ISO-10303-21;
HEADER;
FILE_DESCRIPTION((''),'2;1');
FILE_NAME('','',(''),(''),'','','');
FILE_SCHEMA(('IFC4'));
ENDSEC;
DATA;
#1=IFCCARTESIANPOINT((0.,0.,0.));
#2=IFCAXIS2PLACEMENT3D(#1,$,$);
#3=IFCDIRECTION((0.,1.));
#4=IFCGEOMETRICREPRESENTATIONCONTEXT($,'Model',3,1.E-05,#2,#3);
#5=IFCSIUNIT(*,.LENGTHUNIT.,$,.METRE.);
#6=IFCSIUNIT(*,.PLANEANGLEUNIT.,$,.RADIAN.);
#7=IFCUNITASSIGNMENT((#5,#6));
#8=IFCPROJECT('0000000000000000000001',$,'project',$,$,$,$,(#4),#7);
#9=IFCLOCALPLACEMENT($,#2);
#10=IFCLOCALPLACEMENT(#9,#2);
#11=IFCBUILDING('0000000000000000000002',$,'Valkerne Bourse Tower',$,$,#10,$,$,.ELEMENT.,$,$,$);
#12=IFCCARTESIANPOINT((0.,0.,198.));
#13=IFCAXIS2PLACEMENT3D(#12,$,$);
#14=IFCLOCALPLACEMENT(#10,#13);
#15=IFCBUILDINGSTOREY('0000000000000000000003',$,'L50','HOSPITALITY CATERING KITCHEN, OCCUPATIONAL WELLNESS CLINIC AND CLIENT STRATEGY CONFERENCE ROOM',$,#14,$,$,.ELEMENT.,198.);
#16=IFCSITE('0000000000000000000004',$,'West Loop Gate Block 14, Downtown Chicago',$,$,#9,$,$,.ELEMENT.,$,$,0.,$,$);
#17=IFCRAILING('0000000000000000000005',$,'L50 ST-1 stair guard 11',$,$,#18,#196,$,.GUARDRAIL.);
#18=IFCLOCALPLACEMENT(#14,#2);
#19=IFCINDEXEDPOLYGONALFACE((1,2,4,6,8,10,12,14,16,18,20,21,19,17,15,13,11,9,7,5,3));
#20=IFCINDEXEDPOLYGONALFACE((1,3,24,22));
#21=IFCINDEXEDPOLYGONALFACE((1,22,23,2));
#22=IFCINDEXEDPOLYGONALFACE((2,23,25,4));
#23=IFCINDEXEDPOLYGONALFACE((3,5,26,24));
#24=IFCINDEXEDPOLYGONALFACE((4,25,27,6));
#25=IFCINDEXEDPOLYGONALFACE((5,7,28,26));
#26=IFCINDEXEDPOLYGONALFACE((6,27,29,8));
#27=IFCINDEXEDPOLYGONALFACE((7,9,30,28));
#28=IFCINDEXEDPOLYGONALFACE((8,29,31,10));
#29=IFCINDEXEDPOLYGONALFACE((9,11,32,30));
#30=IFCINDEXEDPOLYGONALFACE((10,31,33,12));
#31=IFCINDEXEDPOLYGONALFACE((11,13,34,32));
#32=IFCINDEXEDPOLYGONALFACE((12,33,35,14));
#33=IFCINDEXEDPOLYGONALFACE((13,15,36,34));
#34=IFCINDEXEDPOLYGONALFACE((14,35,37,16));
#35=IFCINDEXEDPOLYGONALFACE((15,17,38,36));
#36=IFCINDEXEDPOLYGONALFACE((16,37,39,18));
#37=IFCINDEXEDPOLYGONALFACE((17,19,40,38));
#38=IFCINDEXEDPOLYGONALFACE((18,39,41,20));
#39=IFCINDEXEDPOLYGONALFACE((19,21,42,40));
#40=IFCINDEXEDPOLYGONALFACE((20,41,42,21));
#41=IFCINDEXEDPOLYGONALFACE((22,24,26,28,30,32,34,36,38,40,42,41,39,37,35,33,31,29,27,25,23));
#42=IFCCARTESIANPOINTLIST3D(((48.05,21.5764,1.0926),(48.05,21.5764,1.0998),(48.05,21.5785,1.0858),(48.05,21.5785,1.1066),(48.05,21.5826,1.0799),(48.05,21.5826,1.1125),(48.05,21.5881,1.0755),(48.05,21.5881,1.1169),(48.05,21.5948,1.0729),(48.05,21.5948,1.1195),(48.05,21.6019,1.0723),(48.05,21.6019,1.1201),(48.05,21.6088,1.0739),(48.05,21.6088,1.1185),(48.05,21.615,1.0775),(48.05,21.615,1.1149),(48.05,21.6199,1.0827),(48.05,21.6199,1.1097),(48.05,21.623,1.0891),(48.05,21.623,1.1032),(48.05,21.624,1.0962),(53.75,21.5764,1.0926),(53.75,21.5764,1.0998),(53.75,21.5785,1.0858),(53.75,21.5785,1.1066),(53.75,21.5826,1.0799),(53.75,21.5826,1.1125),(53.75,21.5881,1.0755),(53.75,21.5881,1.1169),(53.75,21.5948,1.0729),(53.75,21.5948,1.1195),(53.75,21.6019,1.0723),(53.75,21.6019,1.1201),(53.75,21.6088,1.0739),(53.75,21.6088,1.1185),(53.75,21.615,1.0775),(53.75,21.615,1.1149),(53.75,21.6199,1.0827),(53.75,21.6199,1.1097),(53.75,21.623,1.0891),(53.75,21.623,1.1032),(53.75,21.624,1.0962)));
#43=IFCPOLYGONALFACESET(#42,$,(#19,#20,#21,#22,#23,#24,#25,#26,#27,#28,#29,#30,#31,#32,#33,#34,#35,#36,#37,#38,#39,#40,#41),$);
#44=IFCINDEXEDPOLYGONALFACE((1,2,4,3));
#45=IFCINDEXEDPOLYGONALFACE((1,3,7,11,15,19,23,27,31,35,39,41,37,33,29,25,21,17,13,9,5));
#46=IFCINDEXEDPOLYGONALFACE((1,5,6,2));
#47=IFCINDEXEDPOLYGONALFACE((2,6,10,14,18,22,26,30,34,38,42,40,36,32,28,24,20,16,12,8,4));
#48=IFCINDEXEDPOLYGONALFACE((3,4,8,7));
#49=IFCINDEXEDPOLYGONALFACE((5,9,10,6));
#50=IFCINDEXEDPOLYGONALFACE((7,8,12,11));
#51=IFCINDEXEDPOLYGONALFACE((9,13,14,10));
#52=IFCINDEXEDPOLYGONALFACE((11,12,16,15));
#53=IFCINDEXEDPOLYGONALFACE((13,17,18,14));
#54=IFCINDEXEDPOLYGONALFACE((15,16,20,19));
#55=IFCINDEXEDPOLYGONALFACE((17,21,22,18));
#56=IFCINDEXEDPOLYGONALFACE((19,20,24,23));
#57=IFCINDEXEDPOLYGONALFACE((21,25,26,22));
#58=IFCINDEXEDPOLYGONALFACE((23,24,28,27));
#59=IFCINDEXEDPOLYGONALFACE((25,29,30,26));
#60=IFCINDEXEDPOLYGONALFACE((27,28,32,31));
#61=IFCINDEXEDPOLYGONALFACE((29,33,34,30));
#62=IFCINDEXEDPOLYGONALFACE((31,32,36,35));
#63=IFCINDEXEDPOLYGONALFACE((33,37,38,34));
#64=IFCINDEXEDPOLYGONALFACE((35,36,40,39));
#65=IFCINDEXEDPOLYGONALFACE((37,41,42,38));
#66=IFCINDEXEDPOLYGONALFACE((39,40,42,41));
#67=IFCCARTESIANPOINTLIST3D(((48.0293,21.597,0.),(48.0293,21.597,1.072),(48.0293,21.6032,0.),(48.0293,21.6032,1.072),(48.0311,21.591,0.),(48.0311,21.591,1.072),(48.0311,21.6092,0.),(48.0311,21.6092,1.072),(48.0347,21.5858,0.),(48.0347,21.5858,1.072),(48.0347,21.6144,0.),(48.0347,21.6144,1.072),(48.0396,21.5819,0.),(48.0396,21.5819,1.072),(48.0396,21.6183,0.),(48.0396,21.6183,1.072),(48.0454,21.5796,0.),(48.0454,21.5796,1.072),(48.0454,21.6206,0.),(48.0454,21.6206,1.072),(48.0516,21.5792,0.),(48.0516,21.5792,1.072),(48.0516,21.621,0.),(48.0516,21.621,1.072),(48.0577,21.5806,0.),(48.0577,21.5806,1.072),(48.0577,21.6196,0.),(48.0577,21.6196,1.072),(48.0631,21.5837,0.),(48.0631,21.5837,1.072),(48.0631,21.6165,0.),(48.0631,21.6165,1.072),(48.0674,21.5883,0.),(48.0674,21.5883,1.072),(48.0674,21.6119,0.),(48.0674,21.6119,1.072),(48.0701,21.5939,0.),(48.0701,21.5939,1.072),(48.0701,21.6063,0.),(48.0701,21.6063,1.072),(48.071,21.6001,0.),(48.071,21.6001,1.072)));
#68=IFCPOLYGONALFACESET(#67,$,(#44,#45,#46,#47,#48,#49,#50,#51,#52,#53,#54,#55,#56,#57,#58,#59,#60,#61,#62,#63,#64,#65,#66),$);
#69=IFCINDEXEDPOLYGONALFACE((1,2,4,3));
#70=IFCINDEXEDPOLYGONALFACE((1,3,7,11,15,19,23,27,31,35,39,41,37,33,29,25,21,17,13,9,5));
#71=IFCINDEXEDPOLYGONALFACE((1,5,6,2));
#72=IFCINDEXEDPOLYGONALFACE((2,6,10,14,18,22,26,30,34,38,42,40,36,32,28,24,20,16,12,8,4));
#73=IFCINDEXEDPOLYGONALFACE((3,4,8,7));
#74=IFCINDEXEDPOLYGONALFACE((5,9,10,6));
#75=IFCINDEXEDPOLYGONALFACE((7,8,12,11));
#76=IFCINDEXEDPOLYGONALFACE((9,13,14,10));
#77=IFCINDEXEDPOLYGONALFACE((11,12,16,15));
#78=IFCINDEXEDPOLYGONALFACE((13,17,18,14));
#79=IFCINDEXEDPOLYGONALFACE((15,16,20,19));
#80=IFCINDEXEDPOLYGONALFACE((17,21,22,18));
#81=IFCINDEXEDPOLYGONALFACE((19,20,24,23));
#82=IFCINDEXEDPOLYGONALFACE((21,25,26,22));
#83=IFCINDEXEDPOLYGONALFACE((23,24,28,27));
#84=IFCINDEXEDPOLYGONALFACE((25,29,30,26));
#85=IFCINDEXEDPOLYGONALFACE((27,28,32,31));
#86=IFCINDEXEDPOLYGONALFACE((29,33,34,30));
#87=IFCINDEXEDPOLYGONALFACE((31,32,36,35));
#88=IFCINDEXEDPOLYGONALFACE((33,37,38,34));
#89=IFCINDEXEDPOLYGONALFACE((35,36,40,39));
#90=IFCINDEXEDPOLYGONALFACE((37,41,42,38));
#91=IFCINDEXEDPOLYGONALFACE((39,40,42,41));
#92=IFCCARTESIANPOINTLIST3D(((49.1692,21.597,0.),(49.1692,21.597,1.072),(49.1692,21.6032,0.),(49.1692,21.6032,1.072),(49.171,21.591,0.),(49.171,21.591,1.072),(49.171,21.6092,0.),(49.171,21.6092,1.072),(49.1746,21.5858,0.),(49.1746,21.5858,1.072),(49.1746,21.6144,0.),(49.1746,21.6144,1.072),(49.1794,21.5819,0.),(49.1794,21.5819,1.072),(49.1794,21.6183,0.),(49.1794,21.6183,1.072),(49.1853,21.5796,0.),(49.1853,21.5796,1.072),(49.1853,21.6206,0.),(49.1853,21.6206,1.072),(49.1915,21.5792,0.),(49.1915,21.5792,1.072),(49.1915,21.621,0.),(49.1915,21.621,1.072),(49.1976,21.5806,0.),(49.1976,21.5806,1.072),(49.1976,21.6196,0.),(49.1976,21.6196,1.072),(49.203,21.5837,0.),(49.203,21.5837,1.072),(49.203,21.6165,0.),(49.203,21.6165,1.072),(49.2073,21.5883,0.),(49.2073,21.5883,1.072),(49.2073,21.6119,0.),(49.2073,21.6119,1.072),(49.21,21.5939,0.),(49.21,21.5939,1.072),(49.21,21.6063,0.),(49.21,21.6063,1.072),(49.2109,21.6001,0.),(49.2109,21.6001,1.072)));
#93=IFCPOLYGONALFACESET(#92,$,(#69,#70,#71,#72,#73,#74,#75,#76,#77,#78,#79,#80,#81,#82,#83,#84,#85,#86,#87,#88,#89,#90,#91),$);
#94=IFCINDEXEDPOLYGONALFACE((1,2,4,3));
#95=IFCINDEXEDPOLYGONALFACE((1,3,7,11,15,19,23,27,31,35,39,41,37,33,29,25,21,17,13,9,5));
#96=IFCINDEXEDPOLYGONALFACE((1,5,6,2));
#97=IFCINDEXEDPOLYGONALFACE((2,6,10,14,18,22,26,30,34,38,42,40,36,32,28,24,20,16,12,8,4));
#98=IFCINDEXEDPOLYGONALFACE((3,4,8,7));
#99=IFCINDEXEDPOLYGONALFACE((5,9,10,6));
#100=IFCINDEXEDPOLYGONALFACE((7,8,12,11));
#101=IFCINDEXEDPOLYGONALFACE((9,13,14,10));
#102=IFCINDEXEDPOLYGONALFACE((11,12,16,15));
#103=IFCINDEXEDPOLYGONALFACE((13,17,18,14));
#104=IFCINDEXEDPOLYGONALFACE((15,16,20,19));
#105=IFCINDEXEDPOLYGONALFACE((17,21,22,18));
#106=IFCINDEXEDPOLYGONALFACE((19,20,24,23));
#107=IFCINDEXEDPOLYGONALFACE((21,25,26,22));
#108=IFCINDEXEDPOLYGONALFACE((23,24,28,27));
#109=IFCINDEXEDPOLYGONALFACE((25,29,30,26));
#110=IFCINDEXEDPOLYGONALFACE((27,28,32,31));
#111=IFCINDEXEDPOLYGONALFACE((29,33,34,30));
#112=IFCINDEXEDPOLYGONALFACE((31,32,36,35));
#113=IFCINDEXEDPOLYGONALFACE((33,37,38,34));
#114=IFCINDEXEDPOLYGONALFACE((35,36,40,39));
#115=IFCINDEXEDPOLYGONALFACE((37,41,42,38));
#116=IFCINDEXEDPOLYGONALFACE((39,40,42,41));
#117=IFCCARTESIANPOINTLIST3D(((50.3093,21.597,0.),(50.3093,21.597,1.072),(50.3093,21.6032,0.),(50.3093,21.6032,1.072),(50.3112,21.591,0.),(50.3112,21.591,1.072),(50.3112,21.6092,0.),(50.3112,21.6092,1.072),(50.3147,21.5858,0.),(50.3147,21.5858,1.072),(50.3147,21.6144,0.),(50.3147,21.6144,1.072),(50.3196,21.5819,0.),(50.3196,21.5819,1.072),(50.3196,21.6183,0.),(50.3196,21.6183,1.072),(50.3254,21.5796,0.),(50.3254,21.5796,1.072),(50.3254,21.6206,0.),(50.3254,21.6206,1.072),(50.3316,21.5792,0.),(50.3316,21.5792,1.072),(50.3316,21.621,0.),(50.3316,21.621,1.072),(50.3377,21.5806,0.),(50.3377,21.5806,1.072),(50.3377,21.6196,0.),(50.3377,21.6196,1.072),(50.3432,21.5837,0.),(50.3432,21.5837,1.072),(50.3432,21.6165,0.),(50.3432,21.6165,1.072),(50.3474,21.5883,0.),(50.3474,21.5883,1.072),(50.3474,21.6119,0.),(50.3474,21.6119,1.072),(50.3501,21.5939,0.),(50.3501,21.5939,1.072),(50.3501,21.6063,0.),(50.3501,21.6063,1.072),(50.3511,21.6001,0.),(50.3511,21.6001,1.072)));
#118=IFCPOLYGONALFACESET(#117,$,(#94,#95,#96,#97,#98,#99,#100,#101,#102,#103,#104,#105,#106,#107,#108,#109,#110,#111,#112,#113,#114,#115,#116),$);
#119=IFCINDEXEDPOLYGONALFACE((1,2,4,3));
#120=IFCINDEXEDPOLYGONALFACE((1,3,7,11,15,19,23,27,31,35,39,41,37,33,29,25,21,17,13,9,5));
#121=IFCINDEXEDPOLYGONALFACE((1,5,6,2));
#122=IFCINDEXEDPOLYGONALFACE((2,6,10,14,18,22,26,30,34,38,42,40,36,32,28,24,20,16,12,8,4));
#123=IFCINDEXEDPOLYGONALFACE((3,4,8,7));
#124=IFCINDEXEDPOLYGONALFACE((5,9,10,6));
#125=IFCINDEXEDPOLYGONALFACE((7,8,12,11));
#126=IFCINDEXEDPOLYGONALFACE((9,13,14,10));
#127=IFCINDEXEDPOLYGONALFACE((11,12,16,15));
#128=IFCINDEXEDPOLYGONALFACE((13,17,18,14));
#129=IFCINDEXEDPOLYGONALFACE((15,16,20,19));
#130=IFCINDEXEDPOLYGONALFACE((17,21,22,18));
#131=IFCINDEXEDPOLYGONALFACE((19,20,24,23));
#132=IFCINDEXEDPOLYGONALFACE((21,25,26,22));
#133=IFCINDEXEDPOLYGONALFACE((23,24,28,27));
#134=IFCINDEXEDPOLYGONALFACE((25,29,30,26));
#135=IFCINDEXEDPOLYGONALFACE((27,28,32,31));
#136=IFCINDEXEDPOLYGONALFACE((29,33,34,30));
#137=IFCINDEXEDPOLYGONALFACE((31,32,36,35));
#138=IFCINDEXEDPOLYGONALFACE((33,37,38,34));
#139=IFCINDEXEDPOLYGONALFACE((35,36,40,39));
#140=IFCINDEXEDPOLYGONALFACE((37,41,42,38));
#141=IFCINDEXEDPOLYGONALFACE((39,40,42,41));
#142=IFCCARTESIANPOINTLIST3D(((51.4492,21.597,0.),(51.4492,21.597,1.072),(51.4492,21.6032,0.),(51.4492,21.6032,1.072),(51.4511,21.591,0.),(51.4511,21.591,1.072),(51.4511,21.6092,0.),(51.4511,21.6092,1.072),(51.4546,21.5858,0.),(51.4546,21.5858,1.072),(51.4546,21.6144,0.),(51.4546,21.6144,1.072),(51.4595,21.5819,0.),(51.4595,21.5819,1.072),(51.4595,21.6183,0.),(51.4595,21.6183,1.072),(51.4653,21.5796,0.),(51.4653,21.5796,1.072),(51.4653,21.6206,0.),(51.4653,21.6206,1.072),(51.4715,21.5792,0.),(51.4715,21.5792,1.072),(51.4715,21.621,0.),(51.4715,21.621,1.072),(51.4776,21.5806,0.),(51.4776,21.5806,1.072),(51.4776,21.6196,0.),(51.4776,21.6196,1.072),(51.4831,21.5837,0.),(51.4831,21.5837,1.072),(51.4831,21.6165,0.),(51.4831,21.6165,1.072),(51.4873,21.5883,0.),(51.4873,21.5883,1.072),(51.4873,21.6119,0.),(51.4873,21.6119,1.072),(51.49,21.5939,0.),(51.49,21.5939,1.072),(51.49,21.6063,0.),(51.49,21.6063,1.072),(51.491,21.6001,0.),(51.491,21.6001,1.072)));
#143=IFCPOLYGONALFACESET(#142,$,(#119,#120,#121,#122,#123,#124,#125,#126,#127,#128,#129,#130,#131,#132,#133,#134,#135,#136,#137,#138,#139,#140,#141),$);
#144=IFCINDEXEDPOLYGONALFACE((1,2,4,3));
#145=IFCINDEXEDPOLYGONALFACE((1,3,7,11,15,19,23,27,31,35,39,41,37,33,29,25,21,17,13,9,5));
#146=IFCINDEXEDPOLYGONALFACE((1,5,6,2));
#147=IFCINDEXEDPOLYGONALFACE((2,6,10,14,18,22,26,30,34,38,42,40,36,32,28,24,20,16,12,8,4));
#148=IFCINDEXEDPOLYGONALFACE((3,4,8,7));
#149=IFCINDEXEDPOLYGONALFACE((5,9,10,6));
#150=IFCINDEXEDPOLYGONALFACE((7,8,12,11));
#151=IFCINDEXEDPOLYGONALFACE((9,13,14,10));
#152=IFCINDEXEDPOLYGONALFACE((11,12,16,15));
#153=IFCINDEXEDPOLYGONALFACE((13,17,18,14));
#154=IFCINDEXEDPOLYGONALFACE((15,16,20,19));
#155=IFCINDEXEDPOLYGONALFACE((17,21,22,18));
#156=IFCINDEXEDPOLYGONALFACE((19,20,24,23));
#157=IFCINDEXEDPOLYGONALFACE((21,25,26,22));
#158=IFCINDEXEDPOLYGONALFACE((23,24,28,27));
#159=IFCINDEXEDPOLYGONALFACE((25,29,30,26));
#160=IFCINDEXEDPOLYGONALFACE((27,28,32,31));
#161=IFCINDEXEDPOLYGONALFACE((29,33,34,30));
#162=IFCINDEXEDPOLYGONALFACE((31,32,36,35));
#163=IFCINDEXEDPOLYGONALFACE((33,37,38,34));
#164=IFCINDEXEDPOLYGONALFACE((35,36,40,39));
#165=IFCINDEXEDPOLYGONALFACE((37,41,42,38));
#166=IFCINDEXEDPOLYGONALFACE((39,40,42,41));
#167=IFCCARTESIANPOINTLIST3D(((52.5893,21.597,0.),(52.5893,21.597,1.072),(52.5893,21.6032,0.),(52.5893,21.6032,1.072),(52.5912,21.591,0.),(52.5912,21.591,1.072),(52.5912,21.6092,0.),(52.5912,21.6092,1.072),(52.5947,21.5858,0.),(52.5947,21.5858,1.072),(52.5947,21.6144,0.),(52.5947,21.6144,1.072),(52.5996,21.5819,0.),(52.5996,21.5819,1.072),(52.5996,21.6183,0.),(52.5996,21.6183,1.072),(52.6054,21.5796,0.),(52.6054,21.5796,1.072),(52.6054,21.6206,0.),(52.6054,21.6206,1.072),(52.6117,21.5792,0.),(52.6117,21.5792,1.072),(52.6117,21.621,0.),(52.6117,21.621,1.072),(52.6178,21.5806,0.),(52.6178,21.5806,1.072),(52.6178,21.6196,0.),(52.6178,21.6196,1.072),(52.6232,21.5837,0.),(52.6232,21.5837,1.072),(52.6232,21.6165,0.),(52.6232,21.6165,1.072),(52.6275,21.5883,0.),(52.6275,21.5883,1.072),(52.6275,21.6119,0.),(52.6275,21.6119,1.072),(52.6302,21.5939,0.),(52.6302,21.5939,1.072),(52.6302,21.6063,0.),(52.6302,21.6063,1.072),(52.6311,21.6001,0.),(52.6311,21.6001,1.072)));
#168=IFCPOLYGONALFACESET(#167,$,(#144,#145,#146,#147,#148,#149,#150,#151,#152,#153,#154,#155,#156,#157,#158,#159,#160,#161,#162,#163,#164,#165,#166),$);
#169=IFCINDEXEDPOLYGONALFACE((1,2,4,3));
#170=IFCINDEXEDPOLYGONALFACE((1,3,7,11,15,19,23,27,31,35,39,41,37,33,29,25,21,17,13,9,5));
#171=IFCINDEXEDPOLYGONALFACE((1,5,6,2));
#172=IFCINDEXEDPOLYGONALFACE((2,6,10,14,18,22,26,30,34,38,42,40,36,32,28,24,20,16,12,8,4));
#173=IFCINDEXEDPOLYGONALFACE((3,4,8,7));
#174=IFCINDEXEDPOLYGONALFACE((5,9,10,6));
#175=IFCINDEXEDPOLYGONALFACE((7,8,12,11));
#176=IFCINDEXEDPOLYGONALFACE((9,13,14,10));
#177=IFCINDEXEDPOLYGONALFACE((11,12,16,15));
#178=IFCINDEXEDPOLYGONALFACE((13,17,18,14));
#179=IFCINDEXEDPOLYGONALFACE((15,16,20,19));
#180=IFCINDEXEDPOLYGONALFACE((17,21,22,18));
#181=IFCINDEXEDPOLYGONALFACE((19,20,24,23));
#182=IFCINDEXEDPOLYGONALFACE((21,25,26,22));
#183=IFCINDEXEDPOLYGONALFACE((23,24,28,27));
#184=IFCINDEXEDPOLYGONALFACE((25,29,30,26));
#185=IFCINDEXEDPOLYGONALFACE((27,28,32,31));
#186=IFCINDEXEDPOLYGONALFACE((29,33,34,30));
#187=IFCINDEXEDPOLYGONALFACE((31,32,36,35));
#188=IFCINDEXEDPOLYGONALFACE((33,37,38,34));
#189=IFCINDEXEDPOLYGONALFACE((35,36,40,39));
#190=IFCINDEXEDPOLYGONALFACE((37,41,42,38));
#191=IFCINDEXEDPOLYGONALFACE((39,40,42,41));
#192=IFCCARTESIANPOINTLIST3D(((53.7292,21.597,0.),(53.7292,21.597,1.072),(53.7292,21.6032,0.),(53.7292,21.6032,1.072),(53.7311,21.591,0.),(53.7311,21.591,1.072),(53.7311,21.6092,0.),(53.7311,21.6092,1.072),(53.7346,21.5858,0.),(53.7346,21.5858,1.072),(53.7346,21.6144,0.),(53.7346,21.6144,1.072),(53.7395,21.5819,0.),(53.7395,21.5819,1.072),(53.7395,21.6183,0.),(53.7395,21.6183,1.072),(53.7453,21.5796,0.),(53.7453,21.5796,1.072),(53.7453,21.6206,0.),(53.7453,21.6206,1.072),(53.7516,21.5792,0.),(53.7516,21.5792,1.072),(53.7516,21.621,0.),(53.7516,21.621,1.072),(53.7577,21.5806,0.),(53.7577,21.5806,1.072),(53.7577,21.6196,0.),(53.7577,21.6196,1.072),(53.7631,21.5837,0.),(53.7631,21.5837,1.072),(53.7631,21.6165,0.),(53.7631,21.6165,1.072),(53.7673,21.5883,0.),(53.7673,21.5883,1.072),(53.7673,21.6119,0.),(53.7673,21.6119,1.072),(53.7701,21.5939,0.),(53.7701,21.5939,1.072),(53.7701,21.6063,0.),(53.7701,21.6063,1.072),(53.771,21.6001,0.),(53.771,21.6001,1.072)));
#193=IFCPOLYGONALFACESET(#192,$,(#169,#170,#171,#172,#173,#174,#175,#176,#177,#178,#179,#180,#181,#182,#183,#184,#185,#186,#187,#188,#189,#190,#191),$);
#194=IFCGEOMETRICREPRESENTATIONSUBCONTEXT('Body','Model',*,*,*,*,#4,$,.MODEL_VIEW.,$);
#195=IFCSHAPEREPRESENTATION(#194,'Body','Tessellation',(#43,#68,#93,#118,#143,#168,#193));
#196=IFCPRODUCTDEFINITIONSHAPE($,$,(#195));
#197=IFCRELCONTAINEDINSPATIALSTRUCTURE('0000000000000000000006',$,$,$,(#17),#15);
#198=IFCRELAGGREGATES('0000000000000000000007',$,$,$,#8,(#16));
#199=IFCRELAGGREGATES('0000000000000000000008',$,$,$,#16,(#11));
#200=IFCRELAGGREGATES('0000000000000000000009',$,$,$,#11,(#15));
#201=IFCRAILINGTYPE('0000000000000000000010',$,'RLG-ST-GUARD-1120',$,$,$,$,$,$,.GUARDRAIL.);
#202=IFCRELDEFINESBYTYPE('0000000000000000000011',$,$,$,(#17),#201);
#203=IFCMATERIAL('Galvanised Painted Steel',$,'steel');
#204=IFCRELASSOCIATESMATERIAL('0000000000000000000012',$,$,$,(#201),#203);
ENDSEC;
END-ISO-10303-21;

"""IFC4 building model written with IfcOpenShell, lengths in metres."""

from ifc_helpers import new_model, si_unit, direction, frame, origin, origin_2d, place, context, subcontext, project, spatial, circle, extrude, material, type_object, element, save


model = new_model("IFC4")

# Units and contexts
model_context = context("Model", 3, precision=1e-05, world=origin(), true_north=direction((0.0, 1.0)))
body_context = subcontext(model_context, "Body", "Model", "MODEL_VIEW")
ifc_project = project(units=[si_unit("LENGTHUNIT", "METRE"), si_unit("PLANEANGLEUNIT", "RADIAN")], contexts=[model_context])

# Site, building, storey
site_placement = place(None, origin())
site = spatial("IfcSite", under=ifc_project, at=site_placement, Name="West Loop Gate Block 14, Downtown Chicago", CompositionType="ELEMENT", RefElevation=0.0)
building_placement = place(site_placement, origin())
building = spatial("IfcBuilding", under=site, at=building_placement, Name="Valkerne Bourse Tower", CompositionType="ELEMENT")
storey_placement = place(building_placement, frame((0.0, 0.0, 198.0)))
storey = spatial("IfcBuildingStorey", under=building, at=storey_placement, Name="L50", Description="HOSPITALITY CATERING KITCHEN, OCCUPATIONAL WELLNESS CLINIC AND CLIENT STRATEGY CONFERENCE ROOM", CompositionType="ELEMENT", Elevation=198.0)

# Shared definitions
ifc_material_1 = material(Name="Galvanised Painted Steel", Category="steel")

# Railing
railing_type_1 = type_object("IfcRailingType", Name="RLG-ST-GUARD-1120", PredefinedType="GUARDRAIL", material=ifc_material_1)
for number, where, name in (
    (1, (48.05, 21.6001, 0.0), "L50 ST-1 stair guard 11"),
):
    element("IfcRailing", number, at=place(storey_placement, frame(where)), inside=storey, type_object=railing_type_1, Name=name, PredefinedType="GUARDRAIL", context=body_context, shape_type="SweptSolid", body=[
        extrude(circle(Radius=0.0239, at=origin_2d()), frame((0.0, 0.0, 1.0962), z_axis=(1.0, 0.0, 0.0), x_axis=(0.0, 1.0, 0.0)), (0.0, 0.0, 1.0), 5.7),
        extrude(circle(Radius=0.021, at=origin_2d()), origin(), (0.0, 0.0, 1.0), 1.072),
        extrude(circle(Radius=0.021, at=origin_2d()), frame((1.1399, 0.0, 0.0)), (0.0, 0.0, 1.0), 1.072),
        extrude(circle(Radius=0.021, at=origin_2d()), frame((2.28, 0.0, 0.0)), (0.0, 0.0, 1.0), 1.072),
        extrude(circle(Radius=0.021, at=origin_2d()), frame((3.4199, 0.0, 0.0)), (0.0, 0.0, 1.0), 1.072),
        extrude(circle(Radius=0.021, at=origin_2d()), frame((4.5601, 0.0, 0.0)), (0.0, 0.0, 1.0), 1.072),
        extrude(circle(Radius=0.021, at=origin_2d()), frame((5.7, 0.0, 0.0)), (0.0, 0.0, 1.0), 1.072),
    ])

save(model, "model.ifc")
